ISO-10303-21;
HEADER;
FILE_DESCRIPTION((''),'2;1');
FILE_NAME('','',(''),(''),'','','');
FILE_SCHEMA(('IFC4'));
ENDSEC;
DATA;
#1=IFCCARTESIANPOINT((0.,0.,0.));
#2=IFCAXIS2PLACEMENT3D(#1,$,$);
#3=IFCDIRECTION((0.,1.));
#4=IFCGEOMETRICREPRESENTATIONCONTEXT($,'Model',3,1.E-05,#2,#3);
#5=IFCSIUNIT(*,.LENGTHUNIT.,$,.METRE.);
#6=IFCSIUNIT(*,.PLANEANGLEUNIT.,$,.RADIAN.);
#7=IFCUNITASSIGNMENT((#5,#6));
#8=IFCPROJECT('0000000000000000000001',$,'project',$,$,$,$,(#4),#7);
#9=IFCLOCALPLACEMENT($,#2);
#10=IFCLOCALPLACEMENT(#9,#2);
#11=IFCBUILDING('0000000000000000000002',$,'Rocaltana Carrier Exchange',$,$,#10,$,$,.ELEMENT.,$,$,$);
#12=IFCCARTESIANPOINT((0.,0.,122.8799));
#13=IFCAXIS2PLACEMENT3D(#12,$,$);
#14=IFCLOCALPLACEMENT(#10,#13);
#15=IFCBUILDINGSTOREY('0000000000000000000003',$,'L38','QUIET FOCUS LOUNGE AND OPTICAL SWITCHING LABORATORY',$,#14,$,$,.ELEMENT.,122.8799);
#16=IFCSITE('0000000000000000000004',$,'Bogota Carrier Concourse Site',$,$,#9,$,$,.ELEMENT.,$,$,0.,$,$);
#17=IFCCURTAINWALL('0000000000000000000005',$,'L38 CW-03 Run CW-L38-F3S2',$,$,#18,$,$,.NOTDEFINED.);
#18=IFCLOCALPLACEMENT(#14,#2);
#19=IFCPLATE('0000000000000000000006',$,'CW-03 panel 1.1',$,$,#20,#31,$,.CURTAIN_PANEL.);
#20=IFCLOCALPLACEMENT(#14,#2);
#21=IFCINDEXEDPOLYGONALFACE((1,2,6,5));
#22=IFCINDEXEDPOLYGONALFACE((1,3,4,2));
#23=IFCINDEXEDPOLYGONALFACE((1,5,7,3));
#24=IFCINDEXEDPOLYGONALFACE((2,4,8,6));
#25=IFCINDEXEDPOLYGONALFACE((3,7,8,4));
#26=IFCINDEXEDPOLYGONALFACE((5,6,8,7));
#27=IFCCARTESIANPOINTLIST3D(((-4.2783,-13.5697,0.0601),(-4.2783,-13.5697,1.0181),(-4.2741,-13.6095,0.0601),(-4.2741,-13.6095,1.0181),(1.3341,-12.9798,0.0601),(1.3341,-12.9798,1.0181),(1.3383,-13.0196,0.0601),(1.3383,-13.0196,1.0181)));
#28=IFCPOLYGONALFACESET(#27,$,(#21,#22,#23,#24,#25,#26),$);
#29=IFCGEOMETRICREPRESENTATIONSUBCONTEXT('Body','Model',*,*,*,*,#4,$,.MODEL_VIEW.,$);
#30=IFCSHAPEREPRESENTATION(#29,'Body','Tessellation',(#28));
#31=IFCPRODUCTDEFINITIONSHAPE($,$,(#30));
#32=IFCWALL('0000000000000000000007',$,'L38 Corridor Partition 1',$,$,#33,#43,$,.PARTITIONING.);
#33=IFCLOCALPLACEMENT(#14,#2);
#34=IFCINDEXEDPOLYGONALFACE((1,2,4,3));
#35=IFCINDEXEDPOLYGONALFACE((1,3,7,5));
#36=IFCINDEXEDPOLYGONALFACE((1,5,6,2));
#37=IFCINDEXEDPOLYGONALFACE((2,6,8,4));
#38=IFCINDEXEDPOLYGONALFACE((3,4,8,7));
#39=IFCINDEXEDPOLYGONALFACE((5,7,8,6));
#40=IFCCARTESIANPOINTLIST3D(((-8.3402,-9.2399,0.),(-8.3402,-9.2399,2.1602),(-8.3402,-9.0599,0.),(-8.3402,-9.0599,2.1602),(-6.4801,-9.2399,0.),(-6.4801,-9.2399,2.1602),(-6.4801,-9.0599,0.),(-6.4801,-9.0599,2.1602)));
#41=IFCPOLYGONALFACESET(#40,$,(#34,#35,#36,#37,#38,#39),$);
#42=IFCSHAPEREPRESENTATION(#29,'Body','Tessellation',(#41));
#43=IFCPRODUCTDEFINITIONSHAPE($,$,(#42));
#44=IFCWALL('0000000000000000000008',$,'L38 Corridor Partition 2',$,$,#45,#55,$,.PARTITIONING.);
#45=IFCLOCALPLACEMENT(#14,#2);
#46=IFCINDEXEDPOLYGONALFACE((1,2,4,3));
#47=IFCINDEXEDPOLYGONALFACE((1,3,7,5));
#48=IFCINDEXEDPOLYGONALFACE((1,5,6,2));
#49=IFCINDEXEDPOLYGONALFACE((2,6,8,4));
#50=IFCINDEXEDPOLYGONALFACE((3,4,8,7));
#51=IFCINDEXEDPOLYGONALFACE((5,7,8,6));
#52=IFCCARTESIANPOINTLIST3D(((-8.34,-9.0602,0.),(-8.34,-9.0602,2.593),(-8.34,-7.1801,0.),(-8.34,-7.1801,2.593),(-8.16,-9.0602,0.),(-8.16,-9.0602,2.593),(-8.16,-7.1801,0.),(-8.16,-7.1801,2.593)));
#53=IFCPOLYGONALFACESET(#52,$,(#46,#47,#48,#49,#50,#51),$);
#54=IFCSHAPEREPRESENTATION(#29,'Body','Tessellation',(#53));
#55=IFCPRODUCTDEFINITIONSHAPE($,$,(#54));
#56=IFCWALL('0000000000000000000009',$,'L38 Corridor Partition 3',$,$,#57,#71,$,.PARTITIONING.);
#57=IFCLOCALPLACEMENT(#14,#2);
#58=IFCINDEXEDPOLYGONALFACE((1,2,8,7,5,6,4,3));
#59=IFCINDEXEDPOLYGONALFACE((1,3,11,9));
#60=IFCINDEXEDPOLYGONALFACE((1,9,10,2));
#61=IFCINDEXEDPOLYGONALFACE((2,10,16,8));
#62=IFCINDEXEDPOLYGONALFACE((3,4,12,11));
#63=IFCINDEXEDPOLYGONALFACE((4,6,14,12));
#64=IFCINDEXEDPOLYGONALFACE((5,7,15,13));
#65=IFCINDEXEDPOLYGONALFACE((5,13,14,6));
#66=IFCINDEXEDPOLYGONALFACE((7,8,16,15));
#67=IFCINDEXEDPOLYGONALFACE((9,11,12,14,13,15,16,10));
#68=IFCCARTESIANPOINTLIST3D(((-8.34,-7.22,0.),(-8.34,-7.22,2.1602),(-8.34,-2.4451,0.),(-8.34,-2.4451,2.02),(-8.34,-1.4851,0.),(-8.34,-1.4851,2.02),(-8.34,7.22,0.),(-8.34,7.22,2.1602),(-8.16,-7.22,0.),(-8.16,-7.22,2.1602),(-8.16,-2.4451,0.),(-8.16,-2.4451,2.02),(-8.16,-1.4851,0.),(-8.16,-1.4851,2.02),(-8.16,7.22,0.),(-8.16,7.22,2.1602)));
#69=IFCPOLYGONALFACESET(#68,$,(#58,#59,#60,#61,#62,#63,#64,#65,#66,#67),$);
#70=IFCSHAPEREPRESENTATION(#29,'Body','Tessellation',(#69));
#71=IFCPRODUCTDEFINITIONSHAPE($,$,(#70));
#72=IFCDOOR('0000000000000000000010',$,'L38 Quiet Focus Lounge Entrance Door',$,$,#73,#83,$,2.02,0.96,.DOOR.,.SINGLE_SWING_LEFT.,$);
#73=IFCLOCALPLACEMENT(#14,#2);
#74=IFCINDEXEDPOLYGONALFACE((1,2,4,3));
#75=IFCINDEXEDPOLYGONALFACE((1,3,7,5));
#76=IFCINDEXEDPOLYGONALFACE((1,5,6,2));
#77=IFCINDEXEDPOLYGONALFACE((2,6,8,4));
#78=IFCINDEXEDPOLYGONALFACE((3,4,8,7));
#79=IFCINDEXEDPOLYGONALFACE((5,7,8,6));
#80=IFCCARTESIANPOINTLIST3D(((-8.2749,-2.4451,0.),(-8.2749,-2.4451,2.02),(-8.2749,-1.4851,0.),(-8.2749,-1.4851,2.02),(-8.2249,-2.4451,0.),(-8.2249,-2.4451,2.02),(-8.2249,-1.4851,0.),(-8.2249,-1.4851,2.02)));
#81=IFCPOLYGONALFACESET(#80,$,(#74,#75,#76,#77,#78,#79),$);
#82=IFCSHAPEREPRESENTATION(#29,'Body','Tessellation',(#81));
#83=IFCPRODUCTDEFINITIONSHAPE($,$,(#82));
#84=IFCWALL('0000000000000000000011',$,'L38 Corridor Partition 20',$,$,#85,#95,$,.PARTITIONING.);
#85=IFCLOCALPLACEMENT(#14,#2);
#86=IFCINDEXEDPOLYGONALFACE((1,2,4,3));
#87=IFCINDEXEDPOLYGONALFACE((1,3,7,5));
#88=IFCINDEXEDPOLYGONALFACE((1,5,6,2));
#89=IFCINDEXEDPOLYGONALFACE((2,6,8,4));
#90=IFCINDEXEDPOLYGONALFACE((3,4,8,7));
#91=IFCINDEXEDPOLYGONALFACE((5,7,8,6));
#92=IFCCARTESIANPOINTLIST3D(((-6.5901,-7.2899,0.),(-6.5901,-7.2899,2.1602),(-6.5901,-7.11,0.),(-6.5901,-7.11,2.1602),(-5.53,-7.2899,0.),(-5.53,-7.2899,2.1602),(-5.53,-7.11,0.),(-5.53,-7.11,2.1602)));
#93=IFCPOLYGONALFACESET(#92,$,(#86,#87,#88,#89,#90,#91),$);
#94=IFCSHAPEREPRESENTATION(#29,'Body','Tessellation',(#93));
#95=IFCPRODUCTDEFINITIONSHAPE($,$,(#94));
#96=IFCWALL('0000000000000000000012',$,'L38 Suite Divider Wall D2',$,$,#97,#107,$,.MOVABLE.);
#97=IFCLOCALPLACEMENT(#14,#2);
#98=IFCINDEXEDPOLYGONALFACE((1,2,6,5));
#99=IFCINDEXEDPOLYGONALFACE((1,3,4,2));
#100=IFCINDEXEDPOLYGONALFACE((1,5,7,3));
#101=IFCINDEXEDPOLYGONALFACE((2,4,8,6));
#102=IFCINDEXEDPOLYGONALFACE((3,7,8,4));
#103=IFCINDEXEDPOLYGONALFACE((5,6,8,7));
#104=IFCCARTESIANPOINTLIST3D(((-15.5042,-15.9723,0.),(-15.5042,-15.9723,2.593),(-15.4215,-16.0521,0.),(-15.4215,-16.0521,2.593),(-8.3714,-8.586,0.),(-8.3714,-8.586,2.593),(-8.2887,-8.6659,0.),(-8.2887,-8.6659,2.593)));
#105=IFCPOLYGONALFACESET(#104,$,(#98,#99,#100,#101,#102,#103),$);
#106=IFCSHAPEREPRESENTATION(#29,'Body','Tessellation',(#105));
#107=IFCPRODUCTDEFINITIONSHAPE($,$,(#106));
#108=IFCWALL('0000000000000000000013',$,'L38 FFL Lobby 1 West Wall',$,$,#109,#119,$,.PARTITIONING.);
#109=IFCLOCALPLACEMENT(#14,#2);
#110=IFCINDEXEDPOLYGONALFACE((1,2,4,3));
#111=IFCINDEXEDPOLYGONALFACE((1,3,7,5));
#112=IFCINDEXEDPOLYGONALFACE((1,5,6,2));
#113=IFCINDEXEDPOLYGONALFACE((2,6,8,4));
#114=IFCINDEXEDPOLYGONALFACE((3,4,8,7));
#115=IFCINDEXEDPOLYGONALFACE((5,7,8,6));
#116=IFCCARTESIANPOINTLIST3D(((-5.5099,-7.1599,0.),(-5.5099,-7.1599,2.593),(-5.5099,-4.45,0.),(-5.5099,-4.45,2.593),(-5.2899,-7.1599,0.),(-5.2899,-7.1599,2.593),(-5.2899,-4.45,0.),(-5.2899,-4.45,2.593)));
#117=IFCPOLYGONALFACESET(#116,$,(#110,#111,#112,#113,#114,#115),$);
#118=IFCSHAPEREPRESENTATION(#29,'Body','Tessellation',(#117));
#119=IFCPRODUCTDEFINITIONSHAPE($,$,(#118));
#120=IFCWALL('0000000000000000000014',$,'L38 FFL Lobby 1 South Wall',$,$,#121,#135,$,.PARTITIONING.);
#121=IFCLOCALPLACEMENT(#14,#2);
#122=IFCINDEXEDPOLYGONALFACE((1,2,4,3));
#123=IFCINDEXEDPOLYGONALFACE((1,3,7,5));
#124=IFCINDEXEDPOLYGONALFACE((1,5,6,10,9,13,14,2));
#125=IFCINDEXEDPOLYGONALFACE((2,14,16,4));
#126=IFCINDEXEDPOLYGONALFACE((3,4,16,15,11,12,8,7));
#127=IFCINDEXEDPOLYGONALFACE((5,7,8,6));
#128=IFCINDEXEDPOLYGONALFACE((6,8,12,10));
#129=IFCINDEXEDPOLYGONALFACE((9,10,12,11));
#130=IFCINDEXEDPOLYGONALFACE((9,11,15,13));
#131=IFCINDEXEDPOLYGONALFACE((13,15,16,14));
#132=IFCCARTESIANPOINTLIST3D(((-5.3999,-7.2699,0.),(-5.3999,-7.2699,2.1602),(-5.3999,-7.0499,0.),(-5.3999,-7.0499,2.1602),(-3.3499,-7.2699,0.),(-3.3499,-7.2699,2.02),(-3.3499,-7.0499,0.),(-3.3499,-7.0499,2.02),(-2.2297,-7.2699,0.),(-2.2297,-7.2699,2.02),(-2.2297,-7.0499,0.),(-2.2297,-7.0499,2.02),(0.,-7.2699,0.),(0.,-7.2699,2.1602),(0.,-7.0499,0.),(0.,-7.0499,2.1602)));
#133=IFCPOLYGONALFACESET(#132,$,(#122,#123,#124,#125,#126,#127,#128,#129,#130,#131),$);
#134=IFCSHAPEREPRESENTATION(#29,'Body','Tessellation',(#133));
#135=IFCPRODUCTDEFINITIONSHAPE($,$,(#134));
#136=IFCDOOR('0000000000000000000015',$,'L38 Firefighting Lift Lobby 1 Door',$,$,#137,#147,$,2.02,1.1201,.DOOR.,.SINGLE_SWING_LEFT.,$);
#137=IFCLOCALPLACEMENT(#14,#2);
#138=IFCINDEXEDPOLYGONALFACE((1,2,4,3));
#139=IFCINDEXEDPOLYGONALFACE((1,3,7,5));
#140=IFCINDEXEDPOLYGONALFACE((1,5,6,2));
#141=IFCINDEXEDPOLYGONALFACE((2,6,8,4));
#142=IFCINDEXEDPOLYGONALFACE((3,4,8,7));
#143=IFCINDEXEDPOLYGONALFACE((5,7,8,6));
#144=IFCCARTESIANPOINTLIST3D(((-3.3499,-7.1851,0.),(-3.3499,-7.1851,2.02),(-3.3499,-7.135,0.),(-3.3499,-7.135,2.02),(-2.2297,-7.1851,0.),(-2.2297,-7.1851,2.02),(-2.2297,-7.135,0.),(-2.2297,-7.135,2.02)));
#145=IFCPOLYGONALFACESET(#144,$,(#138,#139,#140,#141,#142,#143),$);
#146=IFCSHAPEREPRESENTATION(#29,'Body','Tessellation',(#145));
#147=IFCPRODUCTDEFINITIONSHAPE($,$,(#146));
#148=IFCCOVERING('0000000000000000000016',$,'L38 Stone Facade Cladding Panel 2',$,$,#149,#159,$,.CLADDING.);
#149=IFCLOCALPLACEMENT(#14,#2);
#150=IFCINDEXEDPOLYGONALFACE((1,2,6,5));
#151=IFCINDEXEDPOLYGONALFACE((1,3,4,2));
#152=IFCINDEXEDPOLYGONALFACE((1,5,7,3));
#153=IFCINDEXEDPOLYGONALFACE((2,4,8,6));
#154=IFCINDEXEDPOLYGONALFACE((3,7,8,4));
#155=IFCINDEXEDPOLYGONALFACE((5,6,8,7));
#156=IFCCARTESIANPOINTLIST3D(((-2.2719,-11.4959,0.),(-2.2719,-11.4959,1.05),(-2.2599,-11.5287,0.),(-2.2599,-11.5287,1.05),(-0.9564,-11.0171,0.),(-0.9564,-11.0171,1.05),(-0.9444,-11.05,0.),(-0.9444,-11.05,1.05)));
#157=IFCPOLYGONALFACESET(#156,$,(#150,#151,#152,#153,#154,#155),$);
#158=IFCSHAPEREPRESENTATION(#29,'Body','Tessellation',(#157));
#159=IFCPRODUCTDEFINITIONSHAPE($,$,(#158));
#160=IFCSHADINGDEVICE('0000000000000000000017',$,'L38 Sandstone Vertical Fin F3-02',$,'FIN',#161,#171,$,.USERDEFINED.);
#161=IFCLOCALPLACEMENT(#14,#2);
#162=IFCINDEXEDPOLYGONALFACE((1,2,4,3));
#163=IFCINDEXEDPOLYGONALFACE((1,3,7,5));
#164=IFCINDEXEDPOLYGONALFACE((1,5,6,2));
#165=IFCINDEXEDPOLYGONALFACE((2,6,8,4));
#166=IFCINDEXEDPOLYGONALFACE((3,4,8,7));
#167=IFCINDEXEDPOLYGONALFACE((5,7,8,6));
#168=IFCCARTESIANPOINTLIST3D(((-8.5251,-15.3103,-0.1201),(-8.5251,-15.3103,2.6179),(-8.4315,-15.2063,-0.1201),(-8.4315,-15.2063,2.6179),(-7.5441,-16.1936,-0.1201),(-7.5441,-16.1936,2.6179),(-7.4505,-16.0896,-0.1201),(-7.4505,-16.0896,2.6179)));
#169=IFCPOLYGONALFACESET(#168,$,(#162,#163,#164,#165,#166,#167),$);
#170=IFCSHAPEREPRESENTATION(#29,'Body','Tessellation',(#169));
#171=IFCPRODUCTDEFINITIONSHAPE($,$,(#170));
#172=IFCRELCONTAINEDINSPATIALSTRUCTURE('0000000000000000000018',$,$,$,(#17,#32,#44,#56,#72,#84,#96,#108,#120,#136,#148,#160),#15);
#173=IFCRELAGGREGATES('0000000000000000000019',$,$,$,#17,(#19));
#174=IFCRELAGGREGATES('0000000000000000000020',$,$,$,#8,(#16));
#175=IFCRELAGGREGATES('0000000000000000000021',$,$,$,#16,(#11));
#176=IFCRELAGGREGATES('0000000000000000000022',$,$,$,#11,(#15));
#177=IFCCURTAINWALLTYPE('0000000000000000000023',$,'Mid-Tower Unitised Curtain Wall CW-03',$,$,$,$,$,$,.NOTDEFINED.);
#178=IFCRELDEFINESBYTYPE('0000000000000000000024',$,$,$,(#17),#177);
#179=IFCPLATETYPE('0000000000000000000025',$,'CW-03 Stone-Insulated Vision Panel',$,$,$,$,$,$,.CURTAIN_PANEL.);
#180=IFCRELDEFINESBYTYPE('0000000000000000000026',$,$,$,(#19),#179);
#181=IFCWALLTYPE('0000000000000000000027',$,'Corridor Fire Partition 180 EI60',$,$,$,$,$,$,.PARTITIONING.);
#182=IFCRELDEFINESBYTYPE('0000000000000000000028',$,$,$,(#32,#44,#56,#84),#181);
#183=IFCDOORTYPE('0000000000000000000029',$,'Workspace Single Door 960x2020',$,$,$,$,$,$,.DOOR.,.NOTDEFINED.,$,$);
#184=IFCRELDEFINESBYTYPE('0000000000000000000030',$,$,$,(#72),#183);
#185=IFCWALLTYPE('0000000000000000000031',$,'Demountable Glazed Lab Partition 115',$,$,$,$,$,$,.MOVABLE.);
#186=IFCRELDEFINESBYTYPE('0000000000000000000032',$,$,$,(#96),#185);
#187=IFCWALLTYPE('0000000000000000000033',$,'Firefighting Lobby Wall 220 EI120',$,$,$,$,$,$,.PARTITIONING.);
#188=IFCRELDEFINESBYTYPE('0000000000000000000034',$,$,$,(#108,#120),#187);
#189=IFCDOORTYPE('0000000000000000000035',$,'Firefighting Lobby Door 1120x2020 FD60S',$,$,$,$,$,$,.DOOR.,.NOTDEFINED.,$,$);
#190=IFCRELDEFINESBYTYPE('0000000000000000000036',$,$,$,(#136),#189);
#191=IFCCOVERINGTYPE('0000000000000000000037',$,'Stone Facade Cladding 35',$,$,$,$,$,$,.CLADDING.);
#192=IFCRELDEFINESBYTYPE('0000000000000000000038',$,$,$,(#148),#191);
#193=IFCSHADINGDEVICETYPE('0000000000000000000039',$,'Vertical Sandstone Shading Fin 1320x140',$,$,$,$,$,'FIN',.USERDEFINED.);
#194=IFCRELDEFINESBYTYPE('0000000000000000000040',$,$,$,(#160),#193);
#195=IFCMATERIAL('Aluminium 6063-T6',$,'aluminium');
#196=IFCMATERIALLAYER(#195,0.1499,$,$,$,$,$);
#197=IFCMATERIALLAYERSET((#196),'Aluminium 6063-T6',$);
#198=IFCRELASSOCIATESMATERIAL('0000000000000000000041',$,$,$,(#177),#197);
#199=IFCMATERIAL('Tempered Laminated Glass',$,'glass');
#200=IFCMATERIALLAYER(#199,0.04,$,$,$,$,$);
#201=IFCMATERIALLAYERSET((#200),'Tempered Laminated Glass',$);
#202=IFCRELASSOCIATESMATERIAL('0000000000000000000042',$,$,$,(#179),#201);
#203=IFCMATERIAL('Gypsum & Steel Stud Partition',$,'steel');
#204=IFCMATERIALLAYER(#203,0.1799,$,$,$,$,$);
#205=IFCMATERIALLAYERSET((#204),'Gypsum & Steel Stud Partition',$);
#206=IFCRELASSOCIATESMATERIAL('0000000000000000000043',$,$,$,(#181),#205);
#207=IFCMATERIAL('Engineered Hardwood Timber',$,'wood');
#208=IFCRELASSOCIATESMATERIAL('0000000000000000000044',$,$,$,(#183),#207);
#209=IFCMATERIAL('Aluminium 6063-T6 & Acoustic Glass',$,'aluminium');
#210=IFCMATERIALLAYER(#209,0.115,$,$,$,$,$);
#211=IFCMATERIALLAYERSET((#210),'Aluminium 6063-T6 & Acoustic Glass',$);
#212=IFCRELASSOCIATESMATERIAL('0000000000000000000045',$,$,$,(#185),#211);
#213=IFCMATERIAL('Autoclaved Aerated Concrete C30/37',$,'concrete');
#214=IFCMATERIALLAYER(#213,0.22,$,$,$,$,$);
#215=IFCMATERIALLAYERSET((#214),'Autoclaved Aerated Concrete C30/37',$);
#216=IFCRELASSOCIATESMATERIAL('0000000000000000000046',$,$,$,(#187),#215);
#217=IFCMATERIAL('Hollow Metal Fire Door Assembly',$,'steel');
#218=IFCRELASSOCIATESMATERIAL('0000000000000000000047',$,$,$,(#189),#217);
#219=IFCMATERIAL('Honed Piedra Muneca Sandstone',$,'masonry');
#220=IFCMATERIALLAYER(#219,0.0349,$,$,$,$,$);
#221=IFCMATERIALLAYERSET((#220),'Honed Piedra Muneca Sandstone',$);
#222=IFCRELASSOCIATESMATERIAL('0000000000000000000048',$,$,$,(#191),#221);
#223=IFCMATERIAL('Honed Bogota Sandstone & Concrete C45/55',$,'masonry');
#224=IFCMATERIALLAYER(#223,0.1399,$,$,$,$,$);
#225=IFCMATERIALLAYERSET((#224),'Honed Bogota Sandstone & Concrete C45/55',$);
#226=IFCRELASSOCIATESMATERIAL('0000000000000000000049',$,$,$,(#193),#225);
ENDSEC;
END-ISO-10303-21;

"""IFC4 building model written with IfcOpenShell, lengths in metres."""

from ifc_helpers import new_model, si_unit, direction, frame, frame_2d, origin, origin_2d, place, context, subcontext, project, spatial, rectangle, extrude, material, layer, layer_set, type_object, element, fill, aggregate, save


model = new_model("IFC4")

# Units and contexts
model_context = context("Model", 3, precision=1e-05, world=origin(), true_north=direction((0.0, 1.0)))
body_context = subcontext(model_context, "Body", "Model", "MODEL_VIEW")
ifc_project = project(units=[si_unit("LENGTHUNIT", "METRE"), si_unit("PLANEANGLEUNIT", "RADIAN")], contexts=[model_context])

# Site, building, storey
site_placement = place(None, origin())
site = spatial("IfcSite", under=ifc_project, at=site_placement, Name="Bogota Carrier Concourse Site", CompositionType="ELEMENT", RefElevation=0.0)
building_placement = place(site_placement, origin())
building = spatial("IfcBuilding", under=site, at=building_placement, Name="Rocaltana Carrier Exchange", CompositionType="ELEMENT")
storey_placement = place(building_placement, frame((0.0, 0.0, 122.8799)))
storey = spatial("IfcBuildingStorey", under=building, at=storey_placement, Name="L38", Description="QUIET FOCUS LOUNGE AND OPTICAL SWITCHING LABORATORY", CompositionType="ELEMENT", Elevation=122.8799)

# Shared definitions
ifc_material_1 = material(Name="Aluminium 6063-T6", Category="aluminium")
ifc_layer_1 = layer(ifc_material_1, 0.1499)
ifc_layer_set_1 = layer_set([ifc_layer_1], Name="Aluminium 6063-T6")
curtain_wall_type = type_object("IfcCurtainWallType", Name="Mid-Tower Unitised Curtain Wall CW-03", PredefinedType="NOTDEFINED", material=ifc_layer_set_1)

# Curtain wall
curtain_wall_1_placement = place(storey_placement, origin())
curtain_wall_1 = element("IfcCurtainWall", 1, at=curtain_wall_1_placement, inside=storey, type_object=curtain_wall_type, Name="L38 CW-03 Run CW-L38-F3S2", PredefinedType="NOTDEFINED")

# Plate
ifc_material_2 = material(Name="Tempered Laminated Glass", Category="glass")
ifc_layer_2 = layer(ifc_material_2, 0.04)
ifc_layer_set_2 = layer_set([ifc_layer_2], Name="Tempered Laminated Glass")
plate_type = type_object("IfcPlateType", Name="CW-03 Stone-Insulated Vision Panel", PredefinedType="CURTAIN_PANEL", material=ifc_layer_set_2)
plate_placement = place(storey_placement, frame((-1.47, -13.2947, 0.0601), z_axis=(0.0, 0.0, 1.0), x_axis=(0.994522, 0.10453, 0.0)))
plate = element("IfcPlate", 2, at=plate_placement, type_object=plate_type, Name="CW-03 panel 1.1", PredefinedType="CURTAIN_PANEL", context=body_context, shape_type="SweptSolid", body=[
    extrude(rectangle(XDim=5.6433, YDim=0.04, at=origin_2d()), origin(), (0.0, 0.0, 1.0), 0.958),
])
aggregate(curtain_wall_1, [plate])

# Walls
ifc_material_3 = material(Name="Gypsum & Steel Stud Partition", Category="steel")
ifc_layer_3 = layer(ifc_material_3, 0.1799)
ifc_layer_set_3 = layer_set([ifc_layer_3], Name="Gypsum & Steel Stud Partition")
wall_type_1 = type_object("IfcWallType", Name="Corridor Fire Partition 180 EI60", PredefinedType="PARTITIONING", material=ifc_layer_set_3)
wall_1_placement = place(storey_placement, frame((-6.48, -9.1499, 0.0), z_axis=(0.0, 0.0, 1.0), x_axis=(-1.0, 0.0, 0.0)))
element("IfcWall", 3, at=wall_1_placement, inside=storey, type_object=wall_type_1, Name="L38 Corridor Partition 1", PredefinedType="PARTITIONING", context=body_context, shape_type="SweptSolid", body=[
    extrude(rectangle(XDim=1.8601, YDim=0.1799, at=frame_2d((0.9302, 0.0))), origin(), (0.0, 0.0, 1.0), 2.1602),
])
wall_2_placement = place(storey_placement, frame((-8.25, -9.0601, 0.0), z_axis=(0.0, 0.0, 1.0), x_axis=(0.0, 1.0, 0.0)))
element("IfcWall", 4, at=wall_2_placement, inside=storey, type_object=wall_type_1, Name="L38 Corridor Partition 2", PredefinedType="PARTITIONING", context=body_context, shape_type="SweptSolid", body=[
    extrude(rectangle(XDim=1.8801, YDim=0.1799, at=frame_2d((0.9399, 0.0))), origin(), (0.0, 0.0, 1.0), 2.593),
])

# Wall, opening, door
wall_3_placement = place(storey_placement, frame((-8.25, -7.22, 0.0), z_axis=(0.0, 0.0, 1.0), x_axis=(0.0, 1.0, 0.0)))
wall_3 = element("IfcWall", 5, at=wall_3_placement, inside=storey, type_object=wall_type_1, Name="L38 Corridor Partition 3", PredefinedType="PARTITIONING", context=body_context, shape_type="SweptSolid", body=[
    extrude(rectangle(XDim=14.4399, YDim=0.1799, at=frame_2d((7.22, 0.0))), origin(), (0.0, 0.0, 1.0), 2.1602),
])
opening_1_placement = place(wall_3_placement, frame((4.7749, 0.0, 0.0)))
opening_1 = element("IfcOpeningElement", 6, at=opening_1_placement, cuts=wall_3, PredefinedType="OPENING", context=body_context, shape_type="SweptSolid", body=[
    extrude(rectangle(XDim=0.96, YDim=2.02, at=frame_2d((0.48, 1.01))), frame((0.0, 0.0999, 0.0), z_axis=(0.0, -1.0, 0.0), x_axis=(1.0, 0.0, 0.0)), (0.0, 0.0, 1.0), 0.2),
])
ifc_material_4 = material(Name="Engineered Hardwood Timber", Category="wood")
door_type_1 = type_object("IfcDoorType", Name="Workspace Single Door 960x2020", OperationType="NOTDEFINED", PredefinedType="DOOR", material=ifc_material_4)
door_1_placement = place(opening_1_placement, origin())
door_1 = element("IfcDoor", 7, at=door_1_placement, inside=storey, type_object=door_type_1, Name="L38 Quiet Focus Lounge Entrance Door", OperationType="SINGLE_SWING_LEFT", OverallHeight=2.02, OverallWidth=0.96, PredefinedType="DOOR", context=body_context, shape_type="SweptSolid", body=[
    extrude(rectangle(XDim=0.96, YDim=2.02, at=frame_2d((0.48, 1.01))), frame((0.0, 0.0249, 0.0), z_axis=(0.0, -1.0, 0.0), x_axis=(1.0, 0.0, 0.0)), (0.0, 0.0, 1.0), 0.05),
])
fill(opening_1, door_1)

# Walls
wall_4_placement = place(storey_placement, frame((-6.5901, -7.2, 0.0), z_axis=(0.0, 0.0, 1.0), x_axis=(1.0, 0.0, 0.0)))
element("IfcWall", 8, at=wall_4_placement, inside=storey, type_object=wall_type_1, Name="L38 Corridor Partition 20", PredefinedType="PARTITIONING", context=body_context, shape_type="SweptSolid", body=[
    extrude(rectangle(XDim=1.0601, YDim=0.1799, at=frame_2d((0.53, 0.0))), origin(), (0.0, 0.0, 1.0), 2.1602),
])
ifc_material_5 = material(Name="Aluminium 6063-T6 & Acoustic Glass", Category="aluminium")
ifc_layer_4 = layer(ifc_material_5, 0.115)
ifc_layer_set_4 = layer_set([ifc_layer_4], Name="Aluminium 6063-T6 & Acoustic Glass")
wall_type_2 = type_object("IfcWallType", Name="Demountable Glazed Lab Partition 115", PredefinedType="MOVABLE", material=ifc_layer_set_4)
wall_5_placement = place(storey_placement, frame((-8.3301, -8.626, 0.0), z_axis=(0.0, 0.0, 1.0), x_axis=(-0.694659, -0.719339, 0.0)))
element("IfcWall", 9, at=wall_5_placement, inside=storey, type_object=wall_type_2, Name="L38 Suite Divider Wall D2", PredefinedType="MOVABLE", context=body_context, shape_type="SweptSolid", body=[
    extrude(rectangle(XDim=10.2681, YDim=0.115, at=frame_2d((5.134, 0.0))), origin(), (0.0, 0.0, 1.0), 2.593),
])
ifc_material_6 = material(Name="Autoclaved Aerated Concrete C30/37", Category="concrete")
ifc_layer_5 = layer(ifc_material_6, 0.22)
ifc_layer_set_5 = layer_set([ifc_layer_5], Name="Autoclaved Aerated Concrete C30/37")
wall_type_3 = type_object("IfcWallType", Name="Firefighting Lobby Wall 220 EI120", PredefinedType="PARTITIONING", material=ifc_layer_set_5)
wall_6_placement = place(storey_placement, frame((-5.3999, -7.1599, 0.0), z_axis=(0.0, 0.0, 1.0), x_axis=(0.0, 1.0, 0.0)))
element("IfcWall", 10, at=wall_6_placement, inside=storey, type_object=wall_type_3, Name="L38 FFL Lobby 1 West Wall", PredefinedType="PARTITIONING", context=body_context, shape_type="SweptSolid", body=[
    extrude(rectangle(XDim=2.71, YDim=0.22, at=frame_2d((1.355, 0.0))), origin(), (0.0, 0.0, 1.0), 2.593),
])

# Wall, opening, door
wall_7_placement = place(storey_placement, frame((-5.3999, -7.1599, 0.0), z_axis=(0.0, 0.0, 1.0), x_axis=(1.0, 0.0, 0.0)))
wall_7 = element("IfcWall", 11, at=wall_7_placement, inside=storey, type_object=wall_type_3, Name="L38 FFL Lobby 1 South Wall", PredefinedType="PARTITIONING", context=body_context, shape_type="SweptSolid", body=[
    extrude(rectangle(XDim=5.3999, YDim=0.22, at=frame_2d((2.7, 0.0))), origin(), (0.0, 0.0, 1.0), 2.1602),
])
opening_2_placement = place(wall_7_placement, frame((2.05, 0.0, 0.0)))
opening_2 = element("IfcOpeningElement", 12, at=opening_2_placement, cuts=wall_7, PredefinedType="OPENING", context=body_context, shape_type="SweptSolid", body=[
    extrude(rectangle(XDim=1.1201, YDim=2.02, at=frame_2d((0.5601, 1.01))), frame((0.0, 0.1199, 0.0), z_axis=(0.0, -1.0, 0.0), x_axis=(1.0, 0.0, 0.0)), (0.0, 0.0, 1.0), 0.24),
])
ifc_material_7 = material(Name="Hollow Metal Fire Door Assembly", Category="steel")
door_type_2 = type_object("IfcDoorType", Name="Firefighting Lobby Door 1120x2020 FD60S", OperationType="NOTDEFINED", PredefinedType="DOOR", material=ifc_material_7)
door_2_placement = place(opening_2_placement, origin())
door_2 = element("IfcDoor", 13, at=door_2_placement, inside=storey, type_object=door_type_2, Name="L38 Firefighting Lift Lobby 1 Door", OperationType="SINGLE_SWING_LEFT", OverallHeight=2.02, OverallWidth=1.1201, PredefinedType="DOOR", context=body_context, shape_type="SweptSolid", body=[
    extrude(rectangle(XDim=1.1201, YDim=2.02, at=frame_2d((0.5601, 1.01))), frame((0.0, 0.0249, 0.0), z_axis=(0.0, -1.0, 0.0), x_axis=(1.0, 0.0, 0.0)), (0.0, 0.0, 1.0), 0.05),
])
fill(opening_2, door_2)

# Covering
ifc_material_8 = material(Name="Honed Piedra Muneca Sandstone", Category="masonry")
ifc_layer_6 = layer(ifc_material_8, 0.0349)
ifc_layer_set_6 = layer_set([ifc_layer_6], Name="Honed Piedra Muneca Sandstone")
covering_type = type_object("IfcCoveringType", Name="Stone Facade Cladding 35", PredefinedType="CLADDING", material=ifc_layer_set_6)
covering_placement = place(storey_placement, frame((-1.6082, -11.2729, 0.0), z_axis=(0.0, 0.0, 1.0), x_axis=(0.939693, 0.34202, 0.0)))
element("IfcCovering", 14, at=covering_placement, inside=storey, type_object=covering_type, Name="L38 Stone Facade Cladding Panel 2", PredefinedType="CLADDING", context=body_context, shape_type="SweptSolid", body=[
    extrude(rectangle(XDim=1.3999, YDim=0.0349, at=origin_2d()), origin(), (0.0, 0.0, 1.0), 1.05),
])

# Shading device
ifc_material_9 = material(Name="Honed Bogota Sandstone & Concrete C45/55", Category="masonry")
ifc_layer_7 = layer(ifc_material_9, 0.1399)
ifc_layer_set_7 = layer_set([ifc_layer_7], Name="Honed Bogota Sandstone & Concrete C45/55")
shading_device_type = type_object("IfcShadingDeviceType", Name="Vertical Sandstone Shading Fin 1320x140", ElementType="FIN", PredefinedType="USERDEFINED", material=ifc_layer_set_7)
shading_device_placement = place(storey_placement, frame((-7.9878, -15.7, -0.1201), z_axis=(0.0, 0.0, 1.0), x_axis=(0.743145, -0.669131, 0.0)))
element("IfcShadingDevice", 15, at=shading_device_placement, inside=storey, type_object=shading_device_type, Name="L38 Sandstone Vertical Fin F3-02", ObjectType="FIN", PredefinedType="USERDEFINED", context=body_context, shape_type="SweptSolid", body=[
    extrude(rectangle(XDim=1.3201, YDim=0.1399, at=origin_2d()), origin(), (0.0, 0.0, 1.0), 2.738),
])

save(model, "model.ifc")
